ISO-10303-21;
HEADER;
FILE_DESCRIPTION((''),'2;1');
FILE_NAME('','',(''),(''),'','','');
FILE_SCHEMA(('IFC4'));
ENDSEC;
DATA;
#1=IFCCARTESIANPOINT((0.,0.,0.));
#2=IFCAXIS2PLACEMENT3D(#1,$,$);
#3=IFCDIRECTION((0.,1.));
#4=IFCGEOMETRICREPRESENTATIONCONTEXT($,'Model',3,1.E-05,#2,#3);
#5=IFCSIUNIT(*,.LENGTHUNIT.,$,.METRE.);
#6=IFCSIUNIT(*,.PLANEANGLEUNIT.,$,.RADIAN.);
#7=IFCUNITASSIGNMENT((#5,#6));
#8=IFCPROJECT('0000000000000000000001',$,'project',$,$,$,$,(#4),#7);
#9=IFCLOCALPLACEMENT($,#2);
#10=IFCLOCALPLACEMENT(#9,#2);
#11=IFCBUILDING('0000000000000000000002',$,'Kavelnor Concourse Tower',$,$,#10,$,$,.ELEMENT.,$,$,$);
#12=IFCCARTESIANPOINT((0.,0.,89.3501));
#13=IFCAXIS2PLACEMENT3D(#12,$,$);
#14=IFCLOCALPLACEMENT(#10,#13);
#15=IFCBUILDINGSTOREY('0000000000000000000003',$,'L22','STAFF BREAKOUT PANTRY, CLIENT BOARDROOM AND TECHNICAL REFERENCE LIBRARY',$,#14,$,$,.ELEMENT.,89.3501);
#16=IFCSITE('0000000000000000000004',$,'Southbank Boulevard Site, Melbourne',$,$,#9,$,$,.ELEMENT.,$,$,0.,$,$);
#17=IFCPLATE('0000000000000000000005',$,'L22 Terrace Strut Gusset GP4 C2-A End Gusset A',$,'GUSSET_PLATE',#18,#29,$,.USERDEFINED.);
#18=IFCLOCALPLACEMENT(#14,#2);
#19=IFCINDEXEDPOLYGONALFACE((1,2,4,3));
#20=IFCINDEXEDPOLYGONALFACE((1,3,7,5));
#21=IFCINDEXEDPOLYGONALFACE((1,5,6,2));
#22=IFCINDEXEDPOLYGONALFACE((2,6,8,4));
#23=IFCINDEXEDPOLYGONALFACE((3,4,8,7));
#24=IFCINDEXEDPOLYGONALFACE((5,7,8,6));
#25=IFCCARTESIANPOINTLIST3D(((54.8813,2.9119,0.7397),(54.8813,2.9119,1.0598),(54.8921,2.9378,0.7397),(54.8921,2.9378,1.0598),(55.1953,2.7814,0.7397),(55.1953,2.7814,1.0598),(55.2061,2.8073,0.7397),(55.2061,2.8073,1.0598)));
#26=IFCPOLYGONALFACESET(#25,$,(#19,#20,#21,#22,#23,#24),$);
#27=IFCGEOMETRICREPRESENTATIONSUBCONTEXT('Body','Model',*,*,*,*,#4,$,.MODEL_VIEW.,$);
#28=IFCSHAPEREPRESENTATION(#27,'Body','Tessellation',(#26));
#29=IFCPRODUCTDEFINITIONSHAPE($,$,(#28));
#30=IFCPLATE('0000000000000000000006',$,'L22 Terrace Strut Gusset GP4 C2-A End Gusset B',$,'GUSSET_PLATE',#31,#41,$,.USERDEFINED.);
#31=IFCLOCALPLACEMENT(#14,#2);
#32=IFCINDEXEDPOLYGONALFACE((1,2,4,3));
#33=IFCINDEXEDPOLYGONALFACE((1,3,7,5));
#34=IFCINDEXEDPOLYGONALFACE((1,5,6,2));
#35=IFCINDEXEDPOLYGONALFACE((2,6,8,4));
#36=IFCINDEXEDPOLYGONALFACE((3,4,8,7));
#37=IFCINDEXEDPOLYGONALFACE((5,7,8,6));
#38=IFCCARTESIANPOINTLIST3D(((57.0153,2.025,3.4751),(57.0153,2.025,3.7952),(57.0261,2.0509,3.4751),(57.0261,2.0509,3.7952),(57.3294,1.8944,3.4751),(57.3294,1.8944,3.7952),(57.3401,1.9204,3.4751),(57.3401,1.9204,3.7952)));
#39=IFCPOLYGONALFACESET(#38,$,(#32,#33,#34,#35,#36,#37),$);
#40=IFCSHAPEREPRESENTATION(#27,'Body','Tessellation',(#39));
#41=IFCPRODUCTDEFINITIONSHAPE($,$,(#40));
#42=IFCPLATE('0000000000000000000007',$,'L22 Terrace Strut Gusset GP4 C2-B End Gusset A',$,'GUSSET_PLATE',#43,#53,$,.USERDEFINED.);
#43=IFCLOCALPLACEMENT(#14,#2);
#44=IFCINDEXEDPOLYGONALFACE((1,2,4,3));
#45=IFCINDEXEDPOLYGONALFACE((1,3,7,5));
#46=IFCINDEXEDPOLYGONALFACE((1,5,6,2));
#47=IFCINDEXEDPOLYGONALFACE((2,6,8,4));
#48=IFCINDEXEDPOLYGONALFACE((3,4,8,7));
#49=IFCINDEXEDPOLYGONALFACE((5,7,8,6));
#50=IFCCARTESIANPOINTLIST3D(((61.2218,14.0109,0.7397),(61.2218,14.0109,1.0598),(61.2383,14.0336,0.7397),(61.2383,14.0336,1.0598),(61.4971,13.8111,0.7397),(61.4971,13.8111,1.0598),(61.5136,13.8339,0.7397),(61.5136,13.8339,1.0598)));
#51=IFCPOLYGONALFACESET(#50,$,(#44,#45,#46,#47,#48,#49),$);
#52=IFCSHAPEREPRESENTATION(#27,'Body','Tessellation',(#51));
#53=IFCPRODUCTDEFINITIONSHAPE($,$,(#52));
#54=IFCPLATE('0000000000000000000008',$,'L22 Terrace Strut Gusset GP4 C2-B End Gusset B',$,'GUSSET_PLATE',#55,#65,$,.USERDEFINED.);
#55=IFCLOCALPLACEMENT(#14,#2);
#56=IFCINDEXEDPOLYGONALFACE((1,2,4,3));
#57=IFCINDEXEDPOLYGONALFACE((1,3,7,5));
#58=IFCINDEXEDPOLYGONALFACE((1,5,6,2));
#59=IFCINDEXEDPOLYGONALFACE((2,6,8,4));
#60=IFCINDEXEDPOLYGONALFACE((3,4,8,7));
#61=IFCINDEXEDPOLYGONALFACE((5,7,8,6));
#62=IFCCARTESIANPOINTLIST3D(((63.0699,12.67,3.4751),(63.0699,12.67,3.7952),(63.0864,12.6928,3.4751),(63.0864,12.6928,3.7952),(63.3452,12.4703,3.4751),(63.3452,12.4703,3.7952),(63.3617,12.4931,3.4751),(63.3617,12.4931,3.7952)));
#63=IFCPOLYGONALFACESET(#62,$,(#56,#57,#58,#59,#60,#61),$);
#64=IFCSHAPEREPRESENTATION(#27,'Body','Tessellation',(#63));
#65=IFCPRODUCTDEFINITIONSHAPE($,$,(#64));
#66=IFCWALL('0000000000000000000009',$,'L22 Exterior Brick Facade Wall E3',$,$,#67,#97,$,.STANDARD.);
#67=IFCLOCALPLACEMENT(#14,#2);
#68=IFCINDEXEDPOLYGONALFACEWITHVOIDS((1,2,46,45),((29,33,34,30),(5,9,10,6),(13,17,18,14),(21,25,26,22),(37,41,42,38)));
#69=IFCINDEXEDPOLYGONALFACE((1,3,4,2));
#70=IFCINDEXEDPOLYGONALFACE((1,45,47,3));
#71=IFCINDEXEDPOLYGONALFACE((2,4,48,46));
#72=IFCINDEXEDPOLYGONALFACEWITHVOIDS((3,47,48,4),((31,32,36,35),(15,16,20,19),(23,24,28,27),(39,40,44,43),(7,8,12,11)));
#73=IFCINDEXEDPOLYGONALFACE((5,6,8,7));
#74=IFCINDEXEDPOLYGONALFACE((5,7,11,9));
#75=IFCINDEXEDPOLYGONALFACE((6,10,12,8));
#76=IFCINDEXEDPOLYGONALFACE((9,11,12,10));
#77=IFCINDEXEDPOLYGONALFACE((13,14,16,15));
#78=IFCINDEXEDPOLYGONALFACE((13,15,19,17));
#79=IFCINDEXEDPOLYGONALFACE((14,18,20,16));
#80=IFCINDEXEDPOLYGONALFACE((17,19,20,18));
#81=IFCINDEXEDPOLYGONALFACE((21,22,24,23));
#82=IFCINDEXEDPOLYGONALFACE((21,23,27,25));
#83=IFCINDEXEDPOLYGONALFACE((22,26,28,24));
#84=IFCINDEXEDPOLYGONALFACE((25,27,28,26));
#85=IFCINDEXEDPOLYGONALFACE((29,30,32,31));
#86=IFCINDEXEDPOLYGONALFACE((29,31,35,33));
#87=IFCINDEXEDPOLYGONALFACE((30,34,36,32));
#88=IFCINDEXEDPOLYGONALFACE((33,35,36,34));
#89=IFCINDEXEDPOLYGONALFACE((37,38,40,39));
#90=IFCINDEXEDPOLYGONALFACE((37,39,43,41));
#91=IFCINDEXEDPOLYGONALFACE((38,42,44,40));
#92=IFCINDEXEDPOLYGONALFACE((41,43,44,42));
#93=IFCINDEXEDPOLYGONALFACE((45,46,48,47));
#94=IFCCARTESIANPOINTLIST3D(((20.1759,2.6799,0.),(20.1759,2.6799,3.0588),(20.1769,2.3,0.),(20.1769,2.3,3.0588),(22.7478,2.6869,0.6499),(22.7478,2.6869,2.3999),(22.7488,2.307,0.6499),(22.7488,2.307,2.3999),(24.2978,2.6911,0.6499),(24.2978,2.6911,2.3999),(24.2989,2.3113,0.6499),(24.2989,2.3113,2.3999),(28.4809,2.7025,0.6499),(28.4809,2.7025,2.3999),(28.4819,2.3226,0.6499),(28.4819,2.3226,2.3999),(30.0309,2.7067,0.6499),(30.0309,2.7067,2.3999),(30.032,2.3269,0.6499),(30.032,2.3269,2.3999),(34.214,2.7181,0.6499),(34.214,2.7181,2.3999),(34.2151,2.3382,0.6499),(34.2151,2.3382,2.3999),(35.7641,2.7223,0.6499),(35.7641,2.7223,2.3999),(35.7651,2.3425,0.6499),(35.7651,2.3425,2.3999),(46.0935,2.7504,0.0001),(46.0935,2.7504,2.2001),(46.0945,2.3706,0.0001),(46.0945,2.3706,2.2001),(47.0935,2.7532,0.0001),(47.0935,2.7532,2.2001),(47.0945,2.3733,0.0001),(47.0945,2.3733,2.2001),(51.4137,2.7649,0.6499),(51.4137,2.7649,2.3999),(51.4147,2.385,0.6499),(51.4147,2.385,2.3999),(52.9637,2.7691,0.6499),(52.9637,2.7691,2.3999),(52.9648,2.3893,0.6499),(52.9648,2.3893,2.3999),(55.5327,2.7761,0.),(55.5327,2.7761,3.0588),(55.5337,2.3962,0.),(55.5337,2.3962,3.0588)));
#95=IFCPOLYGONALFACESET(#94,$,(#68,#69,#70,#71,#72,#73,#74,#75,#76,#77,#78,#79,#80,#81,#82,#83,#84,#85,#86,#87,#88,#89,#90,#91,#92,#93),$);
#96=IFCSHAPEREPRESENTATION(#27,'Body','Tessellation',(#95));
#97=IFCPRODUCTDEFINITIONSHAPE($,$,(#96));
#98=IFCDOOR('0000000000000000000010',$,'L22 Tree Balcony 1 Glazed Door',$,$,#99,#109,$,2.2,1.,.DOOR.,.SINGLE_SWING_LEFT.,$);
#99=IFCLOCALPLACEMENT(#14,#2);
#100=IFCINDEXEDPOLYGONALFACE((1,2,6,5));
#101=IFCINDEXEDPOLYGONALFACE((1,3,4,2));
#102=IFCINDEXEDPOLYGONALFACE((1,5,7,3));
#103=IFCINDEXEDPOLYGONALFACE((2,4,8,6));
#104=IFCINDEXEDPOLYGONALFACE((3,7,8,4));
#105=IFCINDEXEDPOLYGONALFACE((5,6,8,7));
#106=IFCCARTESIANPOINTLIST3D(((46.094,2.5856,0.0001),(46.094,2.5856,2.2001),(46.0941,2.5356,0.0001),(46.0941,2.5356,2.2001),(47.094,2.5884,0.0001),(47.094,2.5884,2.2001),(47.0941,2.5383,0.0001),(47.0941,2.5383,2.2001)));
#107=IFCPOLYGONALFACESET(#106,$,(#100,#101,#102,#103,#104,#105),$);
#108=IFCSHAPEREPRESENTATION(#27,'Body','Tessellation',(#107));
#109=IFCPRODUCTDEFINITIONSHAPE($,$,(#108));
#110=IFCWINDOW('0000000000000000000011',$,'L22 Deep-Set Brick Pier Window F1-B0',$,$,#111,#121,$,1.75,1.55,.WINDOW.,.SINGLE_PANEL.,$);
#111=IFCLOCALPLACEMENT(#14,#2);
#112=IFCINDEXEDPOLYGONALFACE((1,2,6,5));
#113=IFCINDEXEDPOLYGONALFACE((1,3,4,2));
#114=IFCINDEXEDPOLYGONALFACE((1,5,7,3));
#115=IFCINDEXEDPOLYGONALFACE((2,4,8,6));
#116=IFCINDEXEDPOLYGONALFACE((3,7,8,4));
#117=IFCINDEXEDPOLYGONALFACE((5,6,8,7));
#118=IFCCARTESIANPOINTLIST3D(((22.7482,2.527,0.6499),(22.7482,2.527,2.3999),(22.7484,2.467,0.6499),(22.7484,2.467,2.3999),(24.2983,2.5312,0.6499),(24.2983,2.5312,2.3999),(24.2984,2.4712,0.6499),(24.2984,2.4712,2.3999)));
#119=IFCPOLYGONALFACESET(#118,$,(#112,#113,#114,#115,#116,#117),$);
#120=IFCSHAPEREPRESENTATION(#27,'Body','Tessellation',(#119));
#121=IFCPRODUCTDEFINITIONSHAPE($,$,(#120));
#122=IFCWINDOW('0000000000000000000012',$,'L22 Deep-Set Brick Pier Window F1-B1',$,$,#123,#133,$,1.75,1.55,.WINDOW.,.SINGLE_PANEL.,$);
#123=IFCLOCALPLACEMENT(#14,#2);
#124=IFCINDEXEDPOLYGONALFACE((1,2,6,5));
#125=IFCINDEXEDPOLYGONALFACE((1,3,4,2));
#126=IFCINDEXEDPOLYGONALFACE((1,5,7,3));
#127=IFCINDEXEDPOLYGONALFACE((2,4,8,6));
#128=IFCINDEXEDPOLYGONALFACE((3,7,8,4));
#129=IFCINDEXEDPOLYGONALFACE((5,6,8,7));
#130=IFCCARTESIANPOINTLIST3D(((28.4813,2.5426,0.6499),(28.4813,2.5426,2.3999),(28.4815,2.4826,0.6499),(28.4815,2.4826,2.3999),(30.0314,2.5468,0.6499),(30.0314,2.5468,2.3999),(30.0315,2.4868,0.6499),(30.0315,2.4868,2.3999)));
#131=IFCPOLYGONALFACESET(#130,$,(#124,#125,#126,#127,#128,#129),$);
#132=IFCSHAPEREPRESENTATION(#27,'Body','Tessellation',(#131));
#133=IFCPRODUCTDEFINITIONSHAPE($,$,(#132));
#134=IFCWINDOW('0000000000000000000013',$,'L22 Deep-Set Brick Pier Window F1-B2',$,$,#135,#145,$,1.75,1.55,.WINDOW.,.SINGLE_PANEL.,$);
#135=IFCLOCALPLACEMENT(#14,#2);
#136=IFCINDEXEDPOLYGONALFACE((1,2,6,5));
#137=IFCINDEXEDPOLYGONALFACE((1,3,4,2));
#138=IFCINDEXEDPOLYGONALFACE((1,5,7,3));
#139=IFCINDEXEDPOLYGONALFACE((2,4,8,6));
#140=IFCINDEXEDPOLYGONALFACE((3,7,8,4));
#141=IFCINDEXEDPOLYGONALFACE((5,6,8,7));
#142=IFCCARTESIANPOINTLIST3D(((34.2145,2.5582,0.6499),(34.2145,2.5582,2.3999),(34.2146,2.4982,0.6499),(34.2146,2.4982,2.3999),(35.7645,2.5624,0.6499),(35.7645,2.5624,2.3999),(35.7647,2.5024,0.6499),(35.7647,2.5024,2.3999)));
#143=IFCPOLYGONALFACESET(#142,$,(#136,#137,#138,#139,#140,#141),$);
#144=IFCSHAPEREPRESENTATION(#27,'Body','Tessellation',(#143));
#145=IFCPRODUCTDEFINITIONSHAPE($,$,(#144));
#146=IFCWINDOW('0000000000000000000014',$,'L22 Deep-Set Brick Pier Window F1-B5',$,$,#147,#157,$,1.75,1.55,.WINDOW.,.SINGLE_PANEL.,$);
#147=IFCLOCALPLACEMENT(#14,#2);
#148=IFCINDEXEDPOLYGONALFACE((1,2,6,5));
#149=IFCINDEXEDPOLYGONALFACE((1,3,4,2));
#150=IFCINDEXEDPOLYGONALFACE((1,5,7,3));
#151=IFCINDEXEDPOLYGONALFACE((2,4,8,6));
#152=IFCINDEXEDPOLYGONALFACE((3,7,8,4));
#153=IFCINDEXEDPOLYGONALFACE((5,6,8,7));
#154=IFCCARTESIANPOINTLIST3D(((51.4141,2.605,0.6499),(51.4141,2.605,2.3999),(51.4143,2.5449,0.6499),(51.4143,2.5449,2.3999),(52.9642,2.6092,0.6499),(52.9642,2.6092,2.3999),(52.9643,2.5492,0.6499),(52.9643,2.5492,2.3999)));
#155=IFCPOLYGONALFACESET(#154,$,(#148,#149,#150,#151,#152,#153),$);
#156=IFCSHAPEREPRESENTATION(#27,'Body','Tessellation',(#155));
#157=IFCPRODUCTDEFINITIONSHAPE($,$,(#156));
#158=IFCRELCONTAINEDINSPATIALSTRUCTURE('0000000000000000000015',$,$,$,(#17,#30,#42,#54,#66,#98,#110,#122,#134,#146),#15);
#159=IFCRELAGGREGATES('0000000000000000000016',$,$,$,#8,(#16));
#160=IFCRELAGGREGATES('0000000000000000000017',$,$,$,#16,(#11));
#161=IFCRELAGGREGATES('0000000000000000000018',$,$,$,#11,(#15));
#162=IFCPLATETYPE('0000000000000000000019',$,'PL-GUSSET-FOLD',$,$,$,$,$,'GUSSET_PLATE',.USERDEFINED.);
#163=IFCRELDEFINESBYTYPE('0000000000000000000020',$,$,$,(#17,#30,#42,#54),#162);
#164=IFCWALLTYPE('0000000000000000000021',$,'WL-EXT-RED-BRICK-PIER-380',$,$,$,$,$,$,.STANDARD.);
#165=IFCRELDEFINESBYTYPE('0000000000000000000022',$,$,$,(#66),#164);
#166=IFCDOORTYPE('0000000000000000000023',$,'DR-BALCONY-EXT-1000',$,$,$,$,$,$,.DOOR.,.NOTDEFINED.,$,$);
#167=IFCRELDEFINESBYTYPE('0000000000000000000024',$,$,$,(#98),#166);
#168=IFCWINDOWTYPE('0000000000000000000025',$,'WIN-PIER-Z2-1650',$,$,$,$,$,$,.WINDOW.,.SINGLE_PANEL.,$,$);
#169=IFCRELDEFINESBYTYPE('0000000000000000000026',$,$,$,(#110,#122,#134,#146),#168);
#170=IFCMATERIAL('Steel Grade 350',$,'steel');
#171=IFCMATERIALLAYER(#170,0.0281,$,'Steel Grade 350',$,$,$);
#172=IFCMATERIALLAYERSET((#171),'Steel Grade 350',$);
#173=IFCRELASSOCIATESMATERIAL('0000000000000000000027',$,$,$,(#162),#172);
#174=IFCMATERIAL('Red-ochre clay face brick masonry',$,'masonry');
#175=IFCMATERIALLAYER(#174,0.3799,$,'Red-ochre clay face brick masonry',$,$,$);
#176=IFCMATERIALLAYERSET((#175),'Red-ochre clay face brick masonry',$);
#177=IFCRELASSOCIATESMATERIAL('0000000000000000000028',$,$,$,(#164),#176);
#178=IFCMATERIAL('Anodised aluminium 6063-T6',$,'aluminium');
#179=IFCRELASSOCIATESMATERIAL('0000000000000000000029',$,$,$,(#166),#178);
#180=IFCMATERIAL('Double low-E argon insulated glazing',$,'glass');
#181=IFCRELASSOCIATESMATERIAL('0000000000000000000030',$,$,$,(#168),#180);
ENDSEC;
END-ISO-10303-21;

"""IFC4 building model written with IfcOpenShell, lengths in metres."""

from ifc_helpers import new_model, si_unit, direction, frame, frame_2d, origin, origin_2d, place, context, subcontext, project, spatial, rectangle, extrude, material, layer, layer_set, type_object, element, fill, save


model = new_model("IFC4")

# Units and contexts
model_context = context("Model", 3, precision=1e-05, world=origin(), true_north=direction((0.0, 1.0)))
body_context = subcontext(model_context, "Body", "Model", "MODEL_VIEW")
ifc_project = project(units=[si_unit("LENGTHUNIT", "METRE"), si_unit("PLANEANGLEUNIT", "RADIAN")], contexts=[model_context])

# Site, building, storey
site_placement = place(None, origin())
site = spatial("IfcSite", under=ifc_project, at=site_placement, Name="Southbank Boulevard Site, Melbourne", CompositionType="ELEMENT", RefElevation=0.0)
building_placement = place(site_placement, origin())
building = spatial("IfcBuilding", under=site, at=building_placement, Name="Kavelnor Concourse Tower", CompositionType="ELEMENT")
storey_placement = place(building_placement, frame((0.0, 0.0, 89.3501)))
storey = spatial("IfcBuildingStorey", under=building, at=storey_placement, Name="L22", Description="STAFF BREAKOUT PANTRY, CLIENT BOARDROOM AND TECHNICAL REFERENCE LIBRARY", CompositionType="ELEMENT", Elevation=89.3501)

# Shared definitions
ifc_material_1 = material(Name="Steel Grade 350", Category="steel")

# Plates
ifc_layer_1 = layer(ifc_material_1, 0.0281, Name="Steel Grade 350")
ifc_layer_set_1 = layer_set([ifc_layer_1], Name="Steel Grade 350")
plate_type = type_object("IfcPlateType", Name="PL-GUSSET-FOLD", ElementType="GUSSET_PLATE", PredefinedType="USERDEFINED", material=ifc_layer_set_1)
for number, where, z_axis, x_axis, name in (
    (1, (55.0437, 2.8596, 0.7397), (0.0, 0.0, 1.0), (0.923411, -0.383812, 0.0), "L22 Terrace Strut Gusset GP4 C2-A End Gusset A"),
    (2, (57.1777, 1.9727, 3.4751), (0.0, 0.0, 1.0), (0.923411, -0.383812, 0.0), "L22 Terrace Strut Gusset GP4 C2-A End Gusset B"),
    (3, (61.3677, 13.9224, 0.7397), (0.0, 0.0, 1.0), (0.809427, -0.58722, 0.0), "L22 Terrace Strut Gusset GP4 C2-B End Gusset A"),
    (4, (63.2158, 12.5815, 3.4751), (0.0, 0.0, 1.0), (0.809427, -0.58722, 0.0), "L22 Terrace Strut Gusset GP4 C2-B End Gusset B"),
):
    element("IfcPlate", number, at=place(storey_placement, frame(where, z_axis=z_axis, x_axis=x_axis)), inside=storey, type_object=plate_type, Name=name, ObjectType="GUSSET_PLATE", PredefinedType="USERDEFINED", context=body_context, shape_type="SweptSolid", body=[
        extrude(rectangle(XDim=0.3401, YDim=0.0281, at=origin_2d()), origin(), (0.0, 0.0, 1.0), 0.3201),
    ])

# Wall, openings, door, windows
ifc_material_2 = material(Name="Red-ochre clay face brick masonry", Category="masonry")
ifc_layer_2 = layer(ifc_material_2, 0.3799, Name="Red-ochre clay face brick masonry")
ifc_layer_set_2 = layer_set([ifc_layer_2], Name="Red-ochre clay face brick masonry")
wall_type_1 = type_object("IfcWallType", Name="WL-EXT-RED-BRICK-PIER-380", PredefinedType="STANDARD", material=ifc_layer_set_2)
wall_1_placement = place(storey_placement, frame((55.5332, 2.5862, 0.0), z_axis=(0.0, 0.0, 1.0), x_axis=(-0.999996, -0.002721, 0.0)))
wall_1 = element("IfcWall", 5, at=wall_1_placement, inside=storey, type_object=wall_type_1, Name="L22 Exterior Brick Facade Wall E3", PredefinedType="STANDARD", context=body_context, shape_type="SweptSolid", body=[
    extrude(rectangle(XDim=35.3569, YDim=0.3799, at=frame_2d((17.6785, 0.0))), origin(), (0.0, 0.0, 1.0), 3.0588),
])
opening_1_placement = place(wall_1_placement, frame((8.4392, 0.0, 0.0)))
opening_1 = element("IfcOpeningElement", 6, at=opening_1_placement, cuts=wall_1, PredefinedType="OPENING", context=body_context, shape_type="SweptSolid", body=[
    extrude(rectangle(XDim=1.0, YDim=2.2, at=frame_2d((0.5, 1.1001))), frame((0.0, 0.2, 0.0), z_axis=(0.0, -1.0, 0.0), x_axis=(1.0, 0.0, 0.0)), (0.0, 0.0, 1.0), 0.3999),
])
opening_2_placement = place(wall_1_placement, frame((31.2351, 0.0, 0.6499)))
opening_2 = element("IfcOpeningElement", 7, at=opening_2_placement, cuts=wall_1, PredefinedType="OPENING", context=body_context, shape_type="SweptSolid", body=[
    extrude(rectangle(XDim=1.55, YDim=1.75, at=frame_2d((0.7749, 0.875))), frame((0.0, 0.2, 0.0), z_axis=(0.0, -1.0, 0.0), x_axis=(1.0, 0.0, 0.0)), (0.0, 0.0, 1.0), 0.3999),
])
opening_3_placement = place(wall_1_placement, frame((25.502, 0.0, 0.6499)))
opening_3 = element("IfcOpeningElement", 8, at=opening_3_placement, cuts=wall_1, PredefinedType="OPENING", context=body_context, shape_type="SweptSolid", body=[
    extrude(rectangle(XDim=1.55, YDim=1.75, at=frame_2d((0.7749, 0.875))), frame((0.0, 0.2, 0.0), z_axis=(0.0, -1.0, 0.0), x_axis=(1.0, 0.0, 0.0)), (0.0, 0.0, 1.0), 0.3999),
])
opening_4_placement = place(wall_1_placement, frame((19.7688, 0.0, 0.6499)))
opening_4 = element("IfcOpeningElement", 9, at=opening_4_placement, cuts=wall_1, PredefinedType="OPENING", context=body_context, shape_type="SweptSolid", body=[
    extrude(rectangle(XDim=1.55, YDim=1.75, at=frame_2d((0.7749, 0.875))), frame((0.0, 0.2, 0.0), z_axis=(0.0, -1.0, 0.0), x_axis=(1.0, 0.0, 0.0)), (0.0, 0.0, 1.0), 0.3999),
])
opening_5_placement = place(wall_1_placement, frame((2.5691, 0.0, 0.6499)))
opening_5 = element("IfcOpeningElement", 10, at=opening_5_placement, cuts=wall_1, PredefinedType="OPENING", context=body_context, shape_type="SweptSolid", body=[
    extrude(rectangle(XDim=1.55, YDim=1.75, at=frame_2d((0.7749, 0.875))), frame((0.0, 0.2, 0.0), z_axis=(0.0, -1.0, 0.0), x_axis=(1.0, 0.0, 0.0)), (0.0, 0.0, 1.0), 0.3999),
])
ifc_material_3 = material(Name="Anodised aluminium 6063-T6", Category="aluminium")
door_type_1 = type_object("IfcDoorType", Name="DR-BALCONY-EXT-1000", OperationType="NOTDEFINED", PredefinedType="DOOR", material=ifc_material_3)
door_1_placement = place(opening_1_placement, origin())
door_1 = element("IfcDoor", 11, at=door_1_placement, inside=storey, type_object=door_type_1, Name="L22 Tree Balcony 1 Glazed Door", OperationType="SINGLE_SWING_LEFT", OverallHeight=2.2, OverallWidth=1.0, PredefinedType="DOOR", context=body_context, shape_type="SweptSolid", body=[
    extrude(rectangle(XDim=1.0, YDim=2.2, at=frame_2d((0.5, 1.1001))), frame((0.0, 0.0249, 0.0), z_axis=(0.0, -1.0, 0.0), x_axis=(1.0, 0.0, 0.0)), (0.0, 0.0, 1.0), 0.05),
])
fill(opening_1, door_1)
ifc_material_4 = material(Name="Double low-E argon insulated glazing", Category="glass")
window_type = type_object("IfcWindowType", Name="WIN-PIER-Z2-1650", PartitioningType="SINGLE_PANEL", PredefinedType="WINDOW", material=ifc_material_4)
window_1_placement = place(opening_2_placement, origin())
window_1 = element("IfcWindow", 12, at=window_1_placement, inside=storey, type_object=window_type, Name="L22 Deep-Set Brick Pier Window F1-B0", OverallHeight=1.75, OverallWidth=1.55, PartitioningType="SINGLE_PANEL", PredefinedType="WINDOW", context=body_context, shape_type="SweptSolid", body=[
    extrude(rectangle(XDim=1.55, YDim=1.75, at=frame_2d((0.7749, 0.875))), frame((0.0, 0.03, 0.0), z_axis=(0.0, -1.0, 0.0), x_axis=(1.0, 0.0, 0.0)), (0.0, 0.0, 1.0), 0.0601),
])
fill(opening_2, window_1)
window_2_placement = place(opening_3_placement, origin())
window_2 = element("IfcWindow", 13, at=window_2_placement, inside=storey, type_object=window_type, Name="L22 Deep-Set Brick Pier Window F1-B1", OverallHeight=1.75, OverallWidth=1.55, PartitioningType="SINGLE_PANEL", PredefinedType="WINDOW", context=body_context, shape_type="SweptSolid", body=[
    extrude(rectangle(XDim=1.55, YDim=1.75, at=frame_2d((0.7749, 0.875))), frame((0.0, 0.03, 0.0), z_axis=(0.0, -1.0, 0.0), x_axis=(1.0, 0.0, 0.0)), (0.0, 0.0, 1.0), 0.0601),
])
fill(opening_3, window_2)
window_3_placement = place(opening_4_placement, origin())
window_3 = element("IfcWindow", 14, at=window_3_placement, inside=storey, type_object=window_type, Name="L22 Deep-Set Brick Pier Window F1-B2", OverallHeight=1.75, OverallWidth=1.55, PartitioningType="SINGLE_PANEL", PredefinedType="WINDOW", context=body_context, shape_type="SweptSolid", body=[
    extrude(rectangle(XDim=1.55, YDim=1.75, at=frame_2d((0.7749, 0.875))), frame((0.0, 0.03, 0.0), z_axis=(0.0, -1.0, 0.0), x_axis=(1.0, 0.0, 0.0)), (0.0, 0.0, 1.0), 0.0601),
])
fill(opening_4, window_3)
window_4_placement = place(opening_5_placement, origin())
window_4 = element("IfcWindow", 15, at=window_4_placement, inside=storey, type_object=window_type, Name="L22 Deep-Set Brick Pier Window F1-B5", OverallHeight=1.75, OverallWidth=1.55, PartitioningType="SINGLE_PANEL", PredefinedType="WINDOW", context=body_context, shape_type="SweptSolid", body=[
    extrude(rectangle(XDim=1.55, YDim=1.75, at=frame_2d((0.7749, 0.875))), frame((0.0, 0.03, 0.0), z_axis=(0.0, -1.0, 0.0), x_axis=(1.0, 0.0, 0.0)), (0.0, 0.0, 1.0), 0.0601),
])
fill(opening_5, window_4)

save(model, "model.ifc")
